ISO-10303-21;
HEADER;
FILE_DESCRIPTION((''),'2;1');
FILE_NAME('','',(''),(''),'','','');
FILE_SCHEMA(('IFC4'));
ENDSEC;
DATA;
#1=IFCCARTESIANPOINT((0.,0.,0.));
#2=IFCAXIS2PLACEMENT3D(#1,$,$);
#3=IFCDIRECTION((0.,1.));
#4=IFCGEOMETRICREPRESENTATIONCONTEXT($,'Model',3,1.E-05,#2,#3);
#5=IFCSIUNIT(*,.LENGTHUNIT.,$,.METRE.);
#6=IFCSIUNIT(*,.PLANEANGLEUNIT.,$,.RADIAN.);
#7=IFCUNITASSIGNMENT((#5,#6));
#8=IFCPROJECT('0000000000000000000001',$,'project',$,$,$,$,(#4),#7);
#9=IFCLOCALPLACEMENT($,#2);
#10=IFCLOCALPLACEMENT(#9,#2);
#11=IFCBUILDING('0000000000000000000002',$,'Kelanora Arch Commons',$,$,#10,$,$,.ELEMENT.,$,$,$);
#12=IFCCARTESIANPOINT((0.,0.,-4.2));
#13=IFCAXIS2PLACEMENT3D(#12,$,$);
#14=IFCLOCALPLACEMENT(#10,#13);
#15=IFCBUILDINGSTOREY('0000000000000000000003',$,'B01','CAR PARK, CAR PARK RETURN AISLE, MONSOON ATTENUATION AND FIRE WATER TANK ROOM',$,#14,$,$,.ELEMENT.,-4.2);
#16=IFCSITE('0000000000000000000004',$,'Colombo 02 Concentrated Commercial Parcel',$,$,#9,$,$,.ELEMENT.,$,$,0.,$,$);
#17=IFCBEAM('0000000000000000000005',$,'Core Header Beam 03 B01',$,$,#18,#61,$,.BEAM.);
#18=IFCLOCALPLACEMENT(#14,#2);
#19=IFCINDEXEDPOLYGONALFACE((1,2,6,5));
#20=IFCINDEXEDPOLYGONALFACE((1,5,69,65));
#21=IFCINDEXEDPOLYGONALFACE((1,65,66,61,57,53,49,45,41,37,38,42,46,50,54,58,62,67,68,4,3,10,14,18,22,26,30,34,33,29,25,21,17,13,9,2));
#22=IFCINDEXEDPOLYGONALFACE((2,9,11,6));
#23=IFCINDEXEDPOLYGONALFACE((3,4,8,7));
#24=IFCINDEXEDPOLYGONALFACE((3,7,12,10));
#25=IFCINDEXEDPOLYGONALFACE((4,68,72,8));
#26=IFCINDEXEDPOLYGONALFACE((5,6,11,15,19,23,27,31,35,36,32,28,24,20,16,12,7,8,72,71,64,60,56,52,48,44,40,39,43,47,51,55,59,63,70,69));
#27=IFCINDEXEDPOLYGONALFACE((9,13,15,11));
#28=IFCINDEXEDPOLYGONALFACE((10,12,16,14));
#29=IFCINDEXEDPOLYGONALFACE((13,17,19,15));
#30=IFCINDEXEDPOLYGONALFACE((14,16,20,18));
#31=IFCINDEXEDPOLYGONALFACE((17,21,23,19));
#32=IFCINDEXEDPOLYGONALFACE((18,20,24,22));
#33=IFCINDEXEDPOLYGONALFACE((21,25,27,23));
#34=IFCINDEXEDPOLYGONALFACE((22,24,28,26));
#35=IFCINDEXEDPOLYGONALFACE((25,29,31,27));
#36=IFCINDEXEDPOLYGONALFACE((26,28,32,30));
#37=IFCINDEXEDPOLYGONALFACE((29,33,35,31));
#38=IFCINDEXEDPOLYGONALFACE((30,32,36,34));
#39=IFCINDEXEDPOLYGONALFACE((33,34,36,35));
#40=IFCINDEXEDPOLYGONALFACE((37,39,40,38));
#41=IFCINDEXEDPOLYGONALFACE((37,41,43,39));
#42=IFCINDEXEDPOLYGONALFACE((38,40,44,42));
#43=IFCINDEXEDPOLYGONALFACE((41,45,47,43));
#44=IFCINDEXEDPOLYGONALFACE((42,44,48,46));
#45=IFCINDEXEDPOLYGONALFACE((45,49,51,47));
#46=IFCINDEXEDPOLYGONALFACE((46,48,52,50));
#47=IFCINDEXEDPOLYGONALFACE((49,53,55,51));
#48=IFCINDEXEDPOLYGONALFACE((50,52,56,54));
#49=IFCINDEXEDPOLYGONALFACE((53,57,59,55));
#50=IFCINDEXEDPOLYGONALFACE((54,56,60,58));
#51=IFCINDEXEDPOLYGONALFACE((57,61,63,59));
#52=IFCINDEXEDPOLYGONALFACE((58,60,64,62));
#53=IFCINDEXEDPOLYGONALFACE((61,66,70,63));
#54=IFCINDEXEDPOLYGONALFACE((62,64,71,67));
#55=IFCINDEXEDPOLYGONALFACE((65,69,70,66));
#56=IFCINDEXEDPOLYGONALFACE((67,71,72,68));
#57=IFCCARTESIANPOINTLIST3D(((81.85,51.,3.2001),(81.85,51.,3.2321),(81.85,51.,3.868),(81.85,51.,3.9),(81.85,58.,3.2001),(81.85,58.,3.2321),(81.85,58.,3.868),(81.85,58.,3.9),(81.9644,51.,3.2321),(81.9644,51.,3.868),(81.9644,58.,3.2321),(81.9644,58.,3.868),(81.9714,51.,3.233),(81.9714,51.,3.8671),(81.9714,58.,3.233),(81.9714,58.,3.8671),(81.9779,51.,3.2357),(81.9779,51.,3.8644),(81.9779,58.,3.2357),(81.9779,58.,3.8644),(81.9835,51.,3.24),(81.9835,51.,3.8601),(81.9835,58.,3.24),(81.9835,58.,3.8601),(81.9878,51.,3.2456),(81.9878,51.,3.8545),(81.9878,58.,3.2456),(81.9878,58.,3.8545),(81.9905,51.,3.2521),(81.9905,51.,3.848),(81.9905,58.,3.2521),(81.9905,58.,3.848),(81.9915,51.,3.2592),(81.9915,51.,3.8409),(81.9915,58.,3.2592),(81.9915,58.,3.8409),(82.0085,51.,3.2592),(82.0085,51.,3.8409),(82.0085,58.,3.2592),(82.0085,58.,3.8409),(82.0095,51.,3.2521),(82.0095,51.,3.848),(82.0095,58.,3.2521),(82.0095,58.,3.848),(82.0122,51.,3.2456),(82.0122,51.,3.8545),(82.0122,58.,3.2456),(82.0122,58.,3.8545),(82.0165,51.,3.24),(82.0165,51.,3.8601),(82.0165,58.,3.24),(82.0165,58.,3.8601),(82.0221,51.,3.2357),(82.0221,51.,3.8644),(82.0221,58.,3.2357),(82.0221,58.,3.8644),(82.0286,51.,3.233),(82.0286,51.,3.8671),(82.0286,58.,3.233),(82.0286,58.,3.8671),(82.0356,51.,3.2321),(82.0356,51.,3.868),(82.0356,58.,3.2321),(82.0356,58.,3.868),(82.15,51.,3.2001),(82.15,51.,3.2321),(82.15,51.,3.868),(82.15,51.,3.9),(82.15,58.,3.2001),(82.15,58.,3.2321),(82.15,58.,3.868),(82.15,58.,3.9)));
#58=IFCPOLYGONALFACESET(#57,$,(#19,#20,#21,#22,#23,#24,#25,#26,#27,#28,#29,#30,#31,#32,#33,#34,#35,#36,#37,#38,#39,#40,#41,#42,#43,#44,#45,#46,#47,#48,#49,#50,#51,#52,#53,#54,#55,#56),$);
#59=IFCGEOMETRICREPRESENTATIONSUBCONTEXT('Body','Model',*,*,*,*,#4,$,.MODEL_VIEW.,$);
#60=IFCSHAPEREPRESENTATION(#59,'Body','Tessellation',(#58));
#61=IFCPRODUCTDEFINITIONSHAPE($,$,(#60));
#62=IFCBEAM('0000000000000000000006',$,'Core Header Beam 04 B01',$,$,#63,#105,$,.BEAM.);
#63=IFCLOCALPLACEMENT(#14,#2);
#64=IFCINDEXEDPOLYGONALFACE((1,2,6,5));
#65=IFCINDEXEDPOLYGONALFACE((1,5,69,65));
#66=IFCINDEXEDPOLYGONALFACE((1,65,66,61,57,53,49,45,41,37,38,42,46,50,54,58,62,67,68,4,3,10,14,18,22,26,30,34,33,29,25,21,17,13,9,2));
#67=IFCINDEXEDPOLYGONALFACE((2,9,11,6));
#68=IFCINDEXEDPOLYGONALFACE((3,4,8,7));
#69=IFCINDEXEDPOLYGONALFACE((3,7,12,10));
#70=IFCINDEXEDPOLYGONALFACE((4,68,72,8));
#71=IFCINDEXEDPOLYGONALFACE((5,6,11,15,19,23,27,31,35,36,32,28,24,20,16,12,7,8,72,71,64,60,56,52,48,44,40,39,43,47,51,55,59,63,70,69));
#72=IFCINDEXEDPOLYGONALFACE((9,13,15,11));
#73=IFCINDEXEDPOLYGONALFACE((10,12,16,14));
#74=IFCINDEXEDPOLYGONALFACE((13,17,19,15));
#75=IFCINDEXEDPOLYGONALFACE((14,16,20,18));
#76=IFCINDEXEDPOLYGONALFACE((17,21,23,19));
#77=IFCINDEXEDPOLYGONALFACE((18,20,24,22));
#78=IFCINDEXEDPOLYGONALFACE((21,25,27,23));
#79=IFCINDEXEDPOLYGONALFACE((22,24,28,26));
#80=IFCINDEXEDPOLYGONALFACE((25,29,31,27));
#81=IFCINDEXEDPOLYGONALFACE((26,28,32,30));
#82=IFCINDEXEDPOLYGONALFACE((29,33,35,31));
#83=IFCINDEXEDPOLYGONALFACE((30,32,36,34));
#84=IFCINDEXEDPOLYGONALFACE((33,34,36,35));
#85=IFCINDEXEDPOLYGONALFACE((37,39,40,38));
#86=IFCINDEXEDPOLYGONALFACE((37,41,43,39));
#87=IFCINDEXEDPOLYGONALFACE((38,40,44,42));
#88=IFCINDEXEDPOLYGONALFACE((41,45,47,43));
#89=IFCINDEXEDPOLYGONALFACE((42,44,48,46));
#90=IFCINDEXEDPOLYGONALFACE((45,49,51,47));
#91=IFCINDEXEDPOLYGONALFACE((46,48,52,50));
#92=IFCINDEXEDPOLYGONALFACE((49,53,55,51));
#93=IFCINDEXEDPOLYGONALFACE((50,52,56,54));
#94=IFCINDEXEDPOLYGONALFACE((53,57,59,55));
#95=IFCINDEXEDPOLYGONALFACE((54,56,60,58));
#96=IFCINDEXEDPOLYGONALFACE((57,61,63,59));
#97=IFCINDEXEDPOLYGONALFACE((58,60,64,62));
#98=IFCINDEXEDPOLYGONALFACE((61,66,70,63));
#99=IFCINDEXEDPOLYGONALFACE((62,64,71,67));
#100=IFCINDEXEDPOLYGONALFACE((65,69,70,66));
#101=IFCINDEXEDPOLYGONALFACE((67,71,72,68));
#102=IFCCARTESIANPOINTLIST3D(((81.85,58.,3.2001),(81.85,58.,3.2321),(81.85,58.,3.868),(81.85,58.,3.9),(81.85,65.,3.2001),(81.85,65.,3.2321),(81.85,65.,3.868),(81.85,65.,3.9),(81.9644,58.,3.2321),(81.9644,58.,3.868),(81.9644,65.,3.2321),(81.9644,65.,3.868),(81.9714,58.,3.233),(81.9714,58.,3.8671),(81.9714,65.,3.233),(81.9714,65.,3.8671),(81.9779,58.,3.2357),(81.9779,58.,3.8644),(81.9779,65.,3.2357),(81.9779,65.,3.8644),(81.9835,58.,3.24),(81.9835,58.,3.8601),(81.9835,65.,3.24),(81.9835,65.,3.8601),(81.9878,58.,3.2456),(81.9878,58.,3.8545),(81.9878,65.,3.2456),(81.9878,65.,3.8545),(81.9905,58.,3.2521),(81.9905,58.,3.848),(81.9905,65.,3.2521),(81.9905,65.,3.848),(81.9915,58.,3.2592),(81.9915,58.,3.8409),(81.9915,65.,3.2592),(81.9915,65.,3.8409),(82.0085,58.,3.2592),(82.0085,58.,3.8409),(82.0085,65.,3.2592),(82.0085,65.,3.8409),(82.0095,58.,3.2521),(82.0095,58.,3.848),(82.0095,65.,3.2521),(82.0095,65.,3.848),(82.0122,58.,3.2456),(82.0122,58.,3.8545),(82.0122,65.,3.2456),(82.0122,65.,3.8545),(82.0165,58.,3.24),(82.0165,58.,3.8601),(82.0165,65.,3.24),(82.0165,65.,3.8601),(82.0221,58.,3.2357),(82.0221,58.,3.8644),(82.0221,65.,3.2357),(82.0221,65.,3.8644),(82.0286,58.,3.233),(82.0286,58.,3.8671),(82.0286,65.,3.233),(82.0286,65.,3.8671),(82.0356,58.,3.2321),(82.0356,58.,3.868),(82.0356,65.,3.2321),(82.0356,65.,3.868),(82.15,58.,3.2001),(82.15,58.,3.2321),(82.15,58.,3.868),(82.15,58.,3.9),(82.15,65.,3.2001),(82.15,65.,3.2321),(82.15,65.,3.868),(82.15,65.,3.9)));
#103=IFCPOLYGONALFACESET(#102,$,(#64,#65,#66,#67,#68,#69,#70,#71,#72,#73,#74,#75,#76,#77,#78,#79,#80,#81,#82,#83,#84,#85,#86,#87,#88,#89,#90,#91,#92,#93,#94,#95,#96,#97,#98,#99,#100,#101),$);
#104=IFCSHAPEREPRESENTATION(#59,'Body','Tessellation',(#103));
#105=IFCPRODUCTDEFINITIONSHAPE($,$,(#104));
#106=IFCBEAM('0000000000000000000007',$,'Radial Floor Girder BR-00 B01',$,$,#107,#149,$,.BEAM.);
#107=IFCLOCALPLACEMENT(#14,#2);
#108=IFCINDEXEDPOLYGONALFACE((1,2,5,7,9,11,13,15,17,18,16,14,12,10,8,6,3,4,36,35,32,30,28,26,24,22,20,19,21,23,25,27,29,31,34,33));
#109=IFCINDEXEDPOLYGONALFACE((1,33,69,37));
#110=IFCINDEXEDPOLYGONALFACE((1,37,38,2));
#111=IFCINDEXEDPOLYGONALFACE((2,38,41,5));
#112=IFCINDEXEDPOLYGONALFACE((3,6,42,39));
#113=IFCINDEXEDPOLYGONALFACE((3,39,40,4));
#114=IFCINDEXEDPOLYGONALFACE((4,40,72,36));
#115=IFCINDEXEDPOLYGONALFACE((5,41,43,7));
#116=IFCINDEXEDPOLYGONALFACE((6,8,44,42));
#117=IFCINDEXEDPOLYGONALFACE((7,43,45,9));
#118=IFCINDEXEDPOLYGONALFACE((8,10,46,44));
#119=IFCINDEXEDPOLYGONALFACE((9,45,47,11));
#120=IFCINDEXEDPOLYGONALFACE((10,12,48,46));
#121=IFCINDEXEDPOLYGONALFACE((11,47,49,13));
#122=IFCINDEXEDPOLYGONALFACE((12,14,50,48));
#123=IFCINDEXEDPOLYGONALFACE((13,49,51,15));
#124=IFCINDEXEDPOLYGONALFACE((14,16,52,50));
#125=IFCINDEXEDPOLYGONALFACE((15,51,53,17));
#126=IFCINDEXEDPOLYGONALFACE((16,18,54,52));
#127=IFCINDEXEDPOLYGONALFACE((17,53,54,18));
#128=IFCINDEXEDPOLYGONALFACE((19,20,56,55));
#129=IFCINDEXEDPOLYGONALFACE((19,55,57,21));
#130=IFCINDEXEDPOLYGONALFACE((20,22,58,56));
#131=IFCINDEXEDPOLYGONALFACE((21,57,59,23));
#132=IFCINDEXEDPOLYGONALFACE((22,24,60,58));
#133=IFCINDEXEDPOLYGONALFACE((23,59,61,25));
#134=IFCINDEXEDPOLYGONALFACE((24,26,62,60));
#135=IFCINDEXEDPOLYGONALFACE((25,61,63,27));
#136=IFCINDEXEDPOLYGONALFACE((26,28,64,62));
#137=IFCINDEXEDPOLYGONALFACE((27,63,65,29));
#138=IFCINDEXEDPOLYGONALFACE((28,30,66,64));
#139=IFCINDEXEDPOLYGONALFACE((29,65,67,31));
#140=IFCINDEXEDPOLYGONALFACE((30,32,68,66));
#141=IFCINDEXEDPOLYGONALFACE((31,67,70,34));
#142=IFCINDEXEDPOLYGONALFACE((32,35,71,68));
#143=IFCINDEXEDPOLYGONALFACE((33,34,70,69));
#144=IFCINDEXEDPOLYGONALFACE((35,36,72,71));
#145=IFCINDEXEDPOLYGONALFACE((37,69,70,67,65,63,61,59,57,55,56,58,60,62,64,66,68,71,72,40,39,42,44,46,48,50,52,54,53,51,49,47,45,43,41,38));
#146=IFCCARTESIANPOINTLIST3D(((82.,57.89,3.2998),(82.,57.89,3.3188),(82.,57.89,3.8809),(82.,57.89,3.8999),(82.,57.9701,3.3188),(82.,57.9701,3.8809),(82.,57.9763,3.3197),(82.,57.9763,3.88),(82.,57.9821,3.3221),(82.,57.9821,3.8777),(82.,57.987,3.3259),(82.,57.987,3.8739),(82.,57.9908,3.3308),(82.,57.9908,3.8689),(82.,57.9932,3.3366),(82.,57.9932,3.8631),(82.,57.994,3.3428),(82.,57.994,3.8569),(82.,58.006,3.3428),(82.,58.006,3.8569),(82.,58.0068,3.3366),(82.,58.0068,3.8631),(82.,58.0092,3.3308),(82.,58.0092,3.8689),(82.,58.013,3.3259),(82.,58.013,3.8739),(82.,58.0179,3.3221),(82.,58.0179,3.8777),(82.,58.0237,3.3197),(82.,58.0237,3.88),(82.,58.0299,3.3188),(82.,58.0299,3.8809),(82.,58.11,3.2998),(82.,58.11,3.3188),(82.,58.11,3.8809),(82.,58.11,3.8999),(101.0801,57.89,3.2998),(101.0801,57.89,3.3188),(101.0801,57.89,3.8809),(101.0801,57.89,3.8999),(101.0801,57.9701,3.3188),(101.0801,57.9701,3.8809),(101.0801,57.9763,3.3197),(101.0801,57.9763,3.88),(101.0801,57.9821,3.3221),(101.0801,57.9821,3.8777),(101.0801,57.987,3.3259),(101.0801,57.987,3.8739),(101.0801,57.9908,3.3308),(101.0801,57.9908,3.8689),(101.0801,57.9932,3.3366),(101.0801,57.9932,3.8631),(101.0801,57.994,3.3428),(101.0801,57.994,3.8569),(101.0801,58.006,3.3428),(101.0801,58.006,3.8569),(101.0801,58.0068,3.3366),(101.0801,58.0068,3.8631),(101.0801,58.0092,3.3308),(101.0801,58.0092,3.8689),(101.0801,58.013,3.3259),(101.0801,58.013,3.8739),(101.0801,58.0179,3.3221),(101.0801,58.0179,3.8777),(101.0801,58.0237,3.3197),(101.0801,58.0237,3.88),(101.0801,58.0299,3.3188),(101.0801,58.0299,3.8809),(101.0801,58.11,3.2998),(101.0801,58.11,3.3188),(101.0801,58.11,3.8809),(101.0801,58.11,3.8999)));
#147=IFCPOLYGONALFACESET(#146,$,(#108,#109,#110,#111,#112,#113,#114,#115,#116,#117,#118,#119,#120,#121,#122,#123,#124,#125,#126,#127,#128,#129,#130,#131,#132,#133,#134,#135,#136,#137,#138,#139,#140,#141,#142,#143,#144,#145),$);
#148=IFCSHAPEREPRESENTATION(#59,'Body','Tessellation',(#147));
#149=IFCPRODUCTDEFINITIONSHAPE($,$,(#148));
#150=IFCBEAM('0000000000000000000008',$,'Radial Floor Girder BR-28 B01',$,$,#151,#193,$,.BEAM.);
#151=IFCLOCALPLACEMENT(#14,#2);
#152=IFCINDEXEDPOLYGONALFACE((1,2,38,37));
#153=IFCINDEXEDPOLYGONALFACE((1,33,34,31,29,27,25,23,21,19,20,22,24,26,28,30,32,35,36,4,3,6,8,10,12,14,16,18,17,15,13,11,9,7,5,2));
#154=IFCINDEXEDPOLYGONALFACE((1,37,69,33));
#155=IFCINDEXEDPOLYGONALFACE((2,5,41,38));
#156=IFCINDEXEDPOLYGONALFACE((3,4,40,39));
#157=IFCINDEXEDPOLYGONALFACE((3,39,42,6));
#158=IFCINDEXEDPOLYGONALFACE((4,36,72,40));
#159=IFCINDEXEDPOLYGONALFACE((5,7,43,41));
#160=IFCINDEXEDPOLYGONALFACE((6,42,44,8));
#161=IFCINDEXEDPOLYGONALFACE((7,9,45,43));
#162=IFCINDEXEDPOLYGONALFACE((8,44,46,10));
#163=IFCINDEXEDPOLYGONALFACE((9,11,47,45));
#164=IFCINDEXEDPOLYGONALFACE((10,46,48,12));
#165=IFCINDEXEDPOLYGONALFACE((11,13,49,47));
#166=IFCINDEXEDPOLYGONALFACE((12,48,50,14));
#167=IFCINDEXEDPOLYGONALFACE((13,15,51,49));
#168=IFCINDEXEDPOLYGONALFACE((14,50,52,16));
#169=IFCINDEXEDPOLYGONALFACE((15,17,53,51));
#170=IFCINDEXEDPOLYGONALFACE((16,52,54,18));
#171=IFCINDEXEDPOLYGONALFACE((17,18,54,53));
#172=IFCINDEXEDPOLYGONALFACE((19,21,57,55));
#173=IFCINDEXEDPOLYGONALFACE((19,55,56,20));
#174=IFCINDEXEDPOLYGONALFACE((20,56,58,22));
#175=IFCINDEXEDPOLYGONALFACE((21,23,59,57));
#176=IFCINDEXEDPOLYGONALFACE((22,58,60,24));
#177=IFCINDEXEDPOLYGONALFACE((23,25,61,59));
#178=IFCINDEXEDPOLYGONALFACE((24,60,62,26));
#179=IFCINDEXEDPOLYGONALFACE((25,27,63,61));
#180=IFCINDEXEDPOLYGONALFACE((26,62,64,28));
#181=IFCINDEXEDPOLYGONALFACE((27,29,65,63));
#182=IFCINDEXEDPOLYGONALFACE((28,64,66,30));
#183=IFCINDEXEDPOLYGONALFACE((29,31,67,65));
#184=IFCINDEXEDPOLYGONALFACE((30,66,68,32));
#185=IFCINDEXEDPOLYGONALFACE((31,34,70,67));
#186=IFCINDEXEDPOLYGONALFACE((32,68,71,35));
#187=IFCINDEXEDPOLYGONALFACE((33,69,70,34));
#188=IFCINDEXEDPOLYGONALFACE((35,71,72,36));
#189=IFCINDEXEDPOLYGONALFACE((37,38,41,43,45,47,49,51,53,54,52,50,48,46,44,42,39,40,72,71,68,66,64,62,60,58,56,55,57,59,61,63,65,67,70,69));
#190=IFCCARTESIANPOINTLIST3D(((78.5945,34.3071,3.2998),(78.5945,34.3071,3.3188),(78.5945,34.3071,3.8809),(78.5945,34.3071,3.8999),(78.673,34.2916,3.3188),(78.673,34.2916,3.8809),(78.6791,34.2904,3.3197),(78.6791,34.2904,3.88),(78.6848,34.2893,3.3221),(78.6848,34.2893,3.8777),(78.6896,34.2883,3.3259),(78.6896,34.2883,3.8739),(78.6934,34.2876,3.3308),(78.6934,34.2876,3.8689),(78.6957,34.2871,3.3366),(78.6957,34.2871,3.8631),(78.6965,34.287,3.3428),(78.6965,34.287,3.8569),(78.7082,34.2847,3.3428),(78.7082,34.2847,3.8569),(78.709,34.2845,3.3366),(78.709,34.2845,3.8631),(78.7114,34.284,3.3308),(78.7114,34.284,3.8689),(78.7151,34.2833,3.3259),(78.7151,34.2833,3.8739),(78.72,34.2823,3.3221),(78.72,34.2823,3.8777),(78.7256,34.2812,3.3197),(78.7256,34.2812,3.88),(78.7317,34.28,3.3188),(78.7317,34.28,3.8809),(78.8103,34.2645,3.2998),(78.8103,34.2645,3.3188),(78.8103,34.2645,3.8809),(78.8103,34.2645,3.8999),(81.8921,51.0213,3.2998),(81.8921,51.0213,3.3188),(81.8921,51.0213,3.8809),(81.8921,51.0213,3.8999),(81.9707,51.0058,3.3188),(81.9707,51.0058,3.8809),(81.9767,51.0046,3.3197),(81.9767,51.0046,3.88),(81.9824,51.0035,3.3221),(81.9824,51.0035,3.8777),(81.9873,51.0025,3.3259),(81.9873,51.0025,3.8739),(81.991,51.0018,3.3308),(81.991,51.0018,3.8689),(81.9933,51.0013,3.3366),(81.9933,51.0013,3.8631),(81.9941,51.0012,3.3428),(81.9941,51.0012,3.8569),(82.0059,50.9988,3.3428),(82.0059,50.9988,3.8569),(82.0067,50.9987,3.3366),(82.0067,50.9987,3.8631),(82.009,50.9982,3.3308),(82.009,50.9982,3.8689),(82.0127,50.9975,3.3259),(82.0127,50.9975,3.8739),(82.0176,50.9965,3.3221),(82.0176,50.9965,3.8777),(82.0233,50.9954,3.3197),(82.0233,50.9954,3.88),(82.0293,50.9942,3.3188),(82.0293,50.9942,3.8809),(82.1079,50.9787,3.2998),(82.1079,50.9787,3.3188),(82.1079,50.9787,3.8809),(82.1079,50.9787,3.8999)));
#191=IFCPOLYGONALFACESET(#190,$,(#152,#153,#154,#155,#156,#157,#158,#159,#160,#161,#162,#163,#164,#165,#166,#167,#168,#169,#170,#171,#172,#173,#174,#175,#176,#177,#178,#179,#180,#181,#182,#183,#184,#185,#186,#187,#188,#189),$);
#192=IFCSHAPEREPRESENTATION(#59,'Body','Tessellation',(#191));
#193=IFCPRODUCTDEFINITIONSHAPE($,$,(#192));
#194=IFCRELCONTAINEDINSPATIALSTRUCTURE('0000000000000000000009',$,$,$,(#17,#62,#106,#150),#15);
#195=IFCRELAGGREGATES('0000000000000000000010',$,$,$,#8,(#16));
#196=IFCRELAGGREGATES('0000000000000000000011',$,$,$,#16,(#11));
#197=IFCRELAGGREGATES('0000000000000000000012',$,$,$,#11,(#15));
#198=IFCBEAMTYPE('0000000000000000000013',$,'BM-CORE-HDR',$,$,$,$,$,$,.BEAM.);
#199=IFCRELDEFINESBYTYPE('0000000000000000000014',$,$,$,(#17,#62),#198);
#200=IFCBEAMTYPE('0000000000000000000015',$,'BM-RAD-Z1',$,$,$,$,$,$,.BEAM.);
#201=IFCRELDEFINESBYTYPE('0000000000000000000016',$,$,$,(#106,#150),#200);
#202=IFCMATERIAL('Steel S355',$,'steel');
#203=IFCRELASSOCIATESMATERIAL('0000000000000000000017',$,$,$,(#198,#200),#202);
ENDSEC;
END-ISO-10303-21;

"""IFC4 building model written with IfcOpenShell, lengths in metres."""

from ifc_helpers import new_model, si_unit, direction, frame, origin, origin_2d, place, context, subcontext, project, spatial, i_section, extrude, material, material_profile, profile_set, type_object, element, save


model = new_model("IFC4")

# Units and contexts
model_context = context("Model", 3, precision=1e-05, world=origin(), true_north=direction((0.0, 1.0)))
body_context = subcontext(model_context, "Body", "Model", "MODEL_VIEW")
ifc_project = project(units=[si_unit("LENGTHUNIT", "METRE"), si_unit("PLANEANGLEUNIT", "RADIAN")], contexts=[model_context])

# Site, building, storey
site_placement = place(None, origin())
site = spatial("IfcSite", under=ifc_project, at=site_placement, Name="Colombo 02 Concentrated Commercial Parcel", CompositionType="ELEMENT", RefElevation=0.0)
building_placement = place(site_placement, origin())
building = spatial("IfcBuilding", under=site, at=building_placement, Name="Kelanora Arch Commons", CompositionType="ELEMENT")
storey_placement = place(building_placement, frame((0.0, 0.0, -4.2)))
storey = spatial("IfcBuildingStorey", under=building, at=storey_placement, Name="B01", Description="CAR PARK, CAR PARK RETURN AISLE, MONSOON ATTENUATION AND FIRE WATER TANK ROOM", CompositionType="ELEMENT", Elevation=-4.2)

# Shared definitions
ifc_material_1 = material(Name="Steel S355", Category="steel")

# Beams
ifc_material_profile_1 = material_profile(ifc_material_1, i_section(OverallWidth=0.3, OverallDepth=0.7, WebThickness=0.0171, FlangeThickness=0.032, FilletRadius=0.0271, at=origin_2d()), Name="HEB700")
ifc_profile_set_1 = profile_set([ifc_material_profile_1], Name="Steel S355")
beam_type_1 = type_object("IfcBeamType", Name="BM-CORE-HDR", PredefinedType="BEAM", material=ifc_profile_set_1)
for number, where, z_axis, x_axis, name in (
    (1, (82.0, 51.0, 3.55), (0.0, 1.0, 0.0), (-1.0, 0.0, 0.0), "Core Header Beam 03 B01"),
    (2, (82.0, 58.0, 3.55), (0.0, 1.0, 0.0), (-1.0, 0.0, 0.0), "Core Header Beam 04 B01"),
):
    element("IfcBeam", number, at=place(storey_placement, frame(where, z_axis=z_axis, x_axis=x_axis)), inside=storey, type_object=beam_type_1, Name=name, PredefinedType="BEAM", context=body_context, shape_type="SweptSolid", body=[
        extrude(i_section(OverallWidth=0.3, OverallDepth=0.7, WebThickness=0.0171, FlangeThickness=0.032, FilletRadius=0.0271, at=origin_2d()), origin(), (0.0, 0.0, 1.0), 7.0),
    ])
ifc_material_profile_2 = material_profile(ifc_material_1, i_section(OverallWidth=0.22, OverallDepth=0.6001, WebThickness=0.012, FlangeThickness=0.019, FilletRadius=0.0239, at=origin_2d()), Name="IPE600")
ifc_profile_set_2 = profile_set([ifc_material_profile_2], Name="Steel S355")
beam_type_2 = type_object("IfcBeamType", Name="BM-RAD-Z1", PredefinedType="BEAM", material=ifc_profile_set_2)
beam_1_placement = place(storey_placement, frame((82.0, 58.0, 3.5999), z_axis=(1.0, 0.0, 0.0), x_axis=(0.0, 1.0, 0.0)))
element("IfcBeam", 3, at=beam_1_placement, inside=storey, type_object=beam_type_2, Name="Radial Floor Girder BR-00 B01", PredefinedType="BEAM", context=body_context, shape_type="SweptSolid", body=[
    extrude(i_section(OverallWidth=0.22, OverallDepth=0.6001, WebThickness=0.012, FlangeThickness=0.019, FilletRadius=0.0239, at=origin_2d()), origin(), (0.0, 0.0, 1.0), 19.0801),
])
beam_2_placement = place(storey_placement, frame((82.0, 51.0, 3.5999), z_axis=(-0.193564, -0.981088, 0.0), x_axis=(0.981088, -0.193564, 0.0)))
element("IfcBeam", 4, at=beam_2_placement, inside=storey, type_object=beam_type_2, Name="Radial Floor Girder BR-28 B01", PredefinedType="BEAM", context=body_context, shape_type="SweptSolid", body=[
    extrude(i_section(OverallWidth=0.22, OverallDepth=0.6001, WebThickness=0.012, FlangeThickness=0.019, FilletRadius=0.0239, at=origin_2d()), origin(), (0.0, 0.0, 1.0), 17.0364),
])

save(model, "model.ifc")
